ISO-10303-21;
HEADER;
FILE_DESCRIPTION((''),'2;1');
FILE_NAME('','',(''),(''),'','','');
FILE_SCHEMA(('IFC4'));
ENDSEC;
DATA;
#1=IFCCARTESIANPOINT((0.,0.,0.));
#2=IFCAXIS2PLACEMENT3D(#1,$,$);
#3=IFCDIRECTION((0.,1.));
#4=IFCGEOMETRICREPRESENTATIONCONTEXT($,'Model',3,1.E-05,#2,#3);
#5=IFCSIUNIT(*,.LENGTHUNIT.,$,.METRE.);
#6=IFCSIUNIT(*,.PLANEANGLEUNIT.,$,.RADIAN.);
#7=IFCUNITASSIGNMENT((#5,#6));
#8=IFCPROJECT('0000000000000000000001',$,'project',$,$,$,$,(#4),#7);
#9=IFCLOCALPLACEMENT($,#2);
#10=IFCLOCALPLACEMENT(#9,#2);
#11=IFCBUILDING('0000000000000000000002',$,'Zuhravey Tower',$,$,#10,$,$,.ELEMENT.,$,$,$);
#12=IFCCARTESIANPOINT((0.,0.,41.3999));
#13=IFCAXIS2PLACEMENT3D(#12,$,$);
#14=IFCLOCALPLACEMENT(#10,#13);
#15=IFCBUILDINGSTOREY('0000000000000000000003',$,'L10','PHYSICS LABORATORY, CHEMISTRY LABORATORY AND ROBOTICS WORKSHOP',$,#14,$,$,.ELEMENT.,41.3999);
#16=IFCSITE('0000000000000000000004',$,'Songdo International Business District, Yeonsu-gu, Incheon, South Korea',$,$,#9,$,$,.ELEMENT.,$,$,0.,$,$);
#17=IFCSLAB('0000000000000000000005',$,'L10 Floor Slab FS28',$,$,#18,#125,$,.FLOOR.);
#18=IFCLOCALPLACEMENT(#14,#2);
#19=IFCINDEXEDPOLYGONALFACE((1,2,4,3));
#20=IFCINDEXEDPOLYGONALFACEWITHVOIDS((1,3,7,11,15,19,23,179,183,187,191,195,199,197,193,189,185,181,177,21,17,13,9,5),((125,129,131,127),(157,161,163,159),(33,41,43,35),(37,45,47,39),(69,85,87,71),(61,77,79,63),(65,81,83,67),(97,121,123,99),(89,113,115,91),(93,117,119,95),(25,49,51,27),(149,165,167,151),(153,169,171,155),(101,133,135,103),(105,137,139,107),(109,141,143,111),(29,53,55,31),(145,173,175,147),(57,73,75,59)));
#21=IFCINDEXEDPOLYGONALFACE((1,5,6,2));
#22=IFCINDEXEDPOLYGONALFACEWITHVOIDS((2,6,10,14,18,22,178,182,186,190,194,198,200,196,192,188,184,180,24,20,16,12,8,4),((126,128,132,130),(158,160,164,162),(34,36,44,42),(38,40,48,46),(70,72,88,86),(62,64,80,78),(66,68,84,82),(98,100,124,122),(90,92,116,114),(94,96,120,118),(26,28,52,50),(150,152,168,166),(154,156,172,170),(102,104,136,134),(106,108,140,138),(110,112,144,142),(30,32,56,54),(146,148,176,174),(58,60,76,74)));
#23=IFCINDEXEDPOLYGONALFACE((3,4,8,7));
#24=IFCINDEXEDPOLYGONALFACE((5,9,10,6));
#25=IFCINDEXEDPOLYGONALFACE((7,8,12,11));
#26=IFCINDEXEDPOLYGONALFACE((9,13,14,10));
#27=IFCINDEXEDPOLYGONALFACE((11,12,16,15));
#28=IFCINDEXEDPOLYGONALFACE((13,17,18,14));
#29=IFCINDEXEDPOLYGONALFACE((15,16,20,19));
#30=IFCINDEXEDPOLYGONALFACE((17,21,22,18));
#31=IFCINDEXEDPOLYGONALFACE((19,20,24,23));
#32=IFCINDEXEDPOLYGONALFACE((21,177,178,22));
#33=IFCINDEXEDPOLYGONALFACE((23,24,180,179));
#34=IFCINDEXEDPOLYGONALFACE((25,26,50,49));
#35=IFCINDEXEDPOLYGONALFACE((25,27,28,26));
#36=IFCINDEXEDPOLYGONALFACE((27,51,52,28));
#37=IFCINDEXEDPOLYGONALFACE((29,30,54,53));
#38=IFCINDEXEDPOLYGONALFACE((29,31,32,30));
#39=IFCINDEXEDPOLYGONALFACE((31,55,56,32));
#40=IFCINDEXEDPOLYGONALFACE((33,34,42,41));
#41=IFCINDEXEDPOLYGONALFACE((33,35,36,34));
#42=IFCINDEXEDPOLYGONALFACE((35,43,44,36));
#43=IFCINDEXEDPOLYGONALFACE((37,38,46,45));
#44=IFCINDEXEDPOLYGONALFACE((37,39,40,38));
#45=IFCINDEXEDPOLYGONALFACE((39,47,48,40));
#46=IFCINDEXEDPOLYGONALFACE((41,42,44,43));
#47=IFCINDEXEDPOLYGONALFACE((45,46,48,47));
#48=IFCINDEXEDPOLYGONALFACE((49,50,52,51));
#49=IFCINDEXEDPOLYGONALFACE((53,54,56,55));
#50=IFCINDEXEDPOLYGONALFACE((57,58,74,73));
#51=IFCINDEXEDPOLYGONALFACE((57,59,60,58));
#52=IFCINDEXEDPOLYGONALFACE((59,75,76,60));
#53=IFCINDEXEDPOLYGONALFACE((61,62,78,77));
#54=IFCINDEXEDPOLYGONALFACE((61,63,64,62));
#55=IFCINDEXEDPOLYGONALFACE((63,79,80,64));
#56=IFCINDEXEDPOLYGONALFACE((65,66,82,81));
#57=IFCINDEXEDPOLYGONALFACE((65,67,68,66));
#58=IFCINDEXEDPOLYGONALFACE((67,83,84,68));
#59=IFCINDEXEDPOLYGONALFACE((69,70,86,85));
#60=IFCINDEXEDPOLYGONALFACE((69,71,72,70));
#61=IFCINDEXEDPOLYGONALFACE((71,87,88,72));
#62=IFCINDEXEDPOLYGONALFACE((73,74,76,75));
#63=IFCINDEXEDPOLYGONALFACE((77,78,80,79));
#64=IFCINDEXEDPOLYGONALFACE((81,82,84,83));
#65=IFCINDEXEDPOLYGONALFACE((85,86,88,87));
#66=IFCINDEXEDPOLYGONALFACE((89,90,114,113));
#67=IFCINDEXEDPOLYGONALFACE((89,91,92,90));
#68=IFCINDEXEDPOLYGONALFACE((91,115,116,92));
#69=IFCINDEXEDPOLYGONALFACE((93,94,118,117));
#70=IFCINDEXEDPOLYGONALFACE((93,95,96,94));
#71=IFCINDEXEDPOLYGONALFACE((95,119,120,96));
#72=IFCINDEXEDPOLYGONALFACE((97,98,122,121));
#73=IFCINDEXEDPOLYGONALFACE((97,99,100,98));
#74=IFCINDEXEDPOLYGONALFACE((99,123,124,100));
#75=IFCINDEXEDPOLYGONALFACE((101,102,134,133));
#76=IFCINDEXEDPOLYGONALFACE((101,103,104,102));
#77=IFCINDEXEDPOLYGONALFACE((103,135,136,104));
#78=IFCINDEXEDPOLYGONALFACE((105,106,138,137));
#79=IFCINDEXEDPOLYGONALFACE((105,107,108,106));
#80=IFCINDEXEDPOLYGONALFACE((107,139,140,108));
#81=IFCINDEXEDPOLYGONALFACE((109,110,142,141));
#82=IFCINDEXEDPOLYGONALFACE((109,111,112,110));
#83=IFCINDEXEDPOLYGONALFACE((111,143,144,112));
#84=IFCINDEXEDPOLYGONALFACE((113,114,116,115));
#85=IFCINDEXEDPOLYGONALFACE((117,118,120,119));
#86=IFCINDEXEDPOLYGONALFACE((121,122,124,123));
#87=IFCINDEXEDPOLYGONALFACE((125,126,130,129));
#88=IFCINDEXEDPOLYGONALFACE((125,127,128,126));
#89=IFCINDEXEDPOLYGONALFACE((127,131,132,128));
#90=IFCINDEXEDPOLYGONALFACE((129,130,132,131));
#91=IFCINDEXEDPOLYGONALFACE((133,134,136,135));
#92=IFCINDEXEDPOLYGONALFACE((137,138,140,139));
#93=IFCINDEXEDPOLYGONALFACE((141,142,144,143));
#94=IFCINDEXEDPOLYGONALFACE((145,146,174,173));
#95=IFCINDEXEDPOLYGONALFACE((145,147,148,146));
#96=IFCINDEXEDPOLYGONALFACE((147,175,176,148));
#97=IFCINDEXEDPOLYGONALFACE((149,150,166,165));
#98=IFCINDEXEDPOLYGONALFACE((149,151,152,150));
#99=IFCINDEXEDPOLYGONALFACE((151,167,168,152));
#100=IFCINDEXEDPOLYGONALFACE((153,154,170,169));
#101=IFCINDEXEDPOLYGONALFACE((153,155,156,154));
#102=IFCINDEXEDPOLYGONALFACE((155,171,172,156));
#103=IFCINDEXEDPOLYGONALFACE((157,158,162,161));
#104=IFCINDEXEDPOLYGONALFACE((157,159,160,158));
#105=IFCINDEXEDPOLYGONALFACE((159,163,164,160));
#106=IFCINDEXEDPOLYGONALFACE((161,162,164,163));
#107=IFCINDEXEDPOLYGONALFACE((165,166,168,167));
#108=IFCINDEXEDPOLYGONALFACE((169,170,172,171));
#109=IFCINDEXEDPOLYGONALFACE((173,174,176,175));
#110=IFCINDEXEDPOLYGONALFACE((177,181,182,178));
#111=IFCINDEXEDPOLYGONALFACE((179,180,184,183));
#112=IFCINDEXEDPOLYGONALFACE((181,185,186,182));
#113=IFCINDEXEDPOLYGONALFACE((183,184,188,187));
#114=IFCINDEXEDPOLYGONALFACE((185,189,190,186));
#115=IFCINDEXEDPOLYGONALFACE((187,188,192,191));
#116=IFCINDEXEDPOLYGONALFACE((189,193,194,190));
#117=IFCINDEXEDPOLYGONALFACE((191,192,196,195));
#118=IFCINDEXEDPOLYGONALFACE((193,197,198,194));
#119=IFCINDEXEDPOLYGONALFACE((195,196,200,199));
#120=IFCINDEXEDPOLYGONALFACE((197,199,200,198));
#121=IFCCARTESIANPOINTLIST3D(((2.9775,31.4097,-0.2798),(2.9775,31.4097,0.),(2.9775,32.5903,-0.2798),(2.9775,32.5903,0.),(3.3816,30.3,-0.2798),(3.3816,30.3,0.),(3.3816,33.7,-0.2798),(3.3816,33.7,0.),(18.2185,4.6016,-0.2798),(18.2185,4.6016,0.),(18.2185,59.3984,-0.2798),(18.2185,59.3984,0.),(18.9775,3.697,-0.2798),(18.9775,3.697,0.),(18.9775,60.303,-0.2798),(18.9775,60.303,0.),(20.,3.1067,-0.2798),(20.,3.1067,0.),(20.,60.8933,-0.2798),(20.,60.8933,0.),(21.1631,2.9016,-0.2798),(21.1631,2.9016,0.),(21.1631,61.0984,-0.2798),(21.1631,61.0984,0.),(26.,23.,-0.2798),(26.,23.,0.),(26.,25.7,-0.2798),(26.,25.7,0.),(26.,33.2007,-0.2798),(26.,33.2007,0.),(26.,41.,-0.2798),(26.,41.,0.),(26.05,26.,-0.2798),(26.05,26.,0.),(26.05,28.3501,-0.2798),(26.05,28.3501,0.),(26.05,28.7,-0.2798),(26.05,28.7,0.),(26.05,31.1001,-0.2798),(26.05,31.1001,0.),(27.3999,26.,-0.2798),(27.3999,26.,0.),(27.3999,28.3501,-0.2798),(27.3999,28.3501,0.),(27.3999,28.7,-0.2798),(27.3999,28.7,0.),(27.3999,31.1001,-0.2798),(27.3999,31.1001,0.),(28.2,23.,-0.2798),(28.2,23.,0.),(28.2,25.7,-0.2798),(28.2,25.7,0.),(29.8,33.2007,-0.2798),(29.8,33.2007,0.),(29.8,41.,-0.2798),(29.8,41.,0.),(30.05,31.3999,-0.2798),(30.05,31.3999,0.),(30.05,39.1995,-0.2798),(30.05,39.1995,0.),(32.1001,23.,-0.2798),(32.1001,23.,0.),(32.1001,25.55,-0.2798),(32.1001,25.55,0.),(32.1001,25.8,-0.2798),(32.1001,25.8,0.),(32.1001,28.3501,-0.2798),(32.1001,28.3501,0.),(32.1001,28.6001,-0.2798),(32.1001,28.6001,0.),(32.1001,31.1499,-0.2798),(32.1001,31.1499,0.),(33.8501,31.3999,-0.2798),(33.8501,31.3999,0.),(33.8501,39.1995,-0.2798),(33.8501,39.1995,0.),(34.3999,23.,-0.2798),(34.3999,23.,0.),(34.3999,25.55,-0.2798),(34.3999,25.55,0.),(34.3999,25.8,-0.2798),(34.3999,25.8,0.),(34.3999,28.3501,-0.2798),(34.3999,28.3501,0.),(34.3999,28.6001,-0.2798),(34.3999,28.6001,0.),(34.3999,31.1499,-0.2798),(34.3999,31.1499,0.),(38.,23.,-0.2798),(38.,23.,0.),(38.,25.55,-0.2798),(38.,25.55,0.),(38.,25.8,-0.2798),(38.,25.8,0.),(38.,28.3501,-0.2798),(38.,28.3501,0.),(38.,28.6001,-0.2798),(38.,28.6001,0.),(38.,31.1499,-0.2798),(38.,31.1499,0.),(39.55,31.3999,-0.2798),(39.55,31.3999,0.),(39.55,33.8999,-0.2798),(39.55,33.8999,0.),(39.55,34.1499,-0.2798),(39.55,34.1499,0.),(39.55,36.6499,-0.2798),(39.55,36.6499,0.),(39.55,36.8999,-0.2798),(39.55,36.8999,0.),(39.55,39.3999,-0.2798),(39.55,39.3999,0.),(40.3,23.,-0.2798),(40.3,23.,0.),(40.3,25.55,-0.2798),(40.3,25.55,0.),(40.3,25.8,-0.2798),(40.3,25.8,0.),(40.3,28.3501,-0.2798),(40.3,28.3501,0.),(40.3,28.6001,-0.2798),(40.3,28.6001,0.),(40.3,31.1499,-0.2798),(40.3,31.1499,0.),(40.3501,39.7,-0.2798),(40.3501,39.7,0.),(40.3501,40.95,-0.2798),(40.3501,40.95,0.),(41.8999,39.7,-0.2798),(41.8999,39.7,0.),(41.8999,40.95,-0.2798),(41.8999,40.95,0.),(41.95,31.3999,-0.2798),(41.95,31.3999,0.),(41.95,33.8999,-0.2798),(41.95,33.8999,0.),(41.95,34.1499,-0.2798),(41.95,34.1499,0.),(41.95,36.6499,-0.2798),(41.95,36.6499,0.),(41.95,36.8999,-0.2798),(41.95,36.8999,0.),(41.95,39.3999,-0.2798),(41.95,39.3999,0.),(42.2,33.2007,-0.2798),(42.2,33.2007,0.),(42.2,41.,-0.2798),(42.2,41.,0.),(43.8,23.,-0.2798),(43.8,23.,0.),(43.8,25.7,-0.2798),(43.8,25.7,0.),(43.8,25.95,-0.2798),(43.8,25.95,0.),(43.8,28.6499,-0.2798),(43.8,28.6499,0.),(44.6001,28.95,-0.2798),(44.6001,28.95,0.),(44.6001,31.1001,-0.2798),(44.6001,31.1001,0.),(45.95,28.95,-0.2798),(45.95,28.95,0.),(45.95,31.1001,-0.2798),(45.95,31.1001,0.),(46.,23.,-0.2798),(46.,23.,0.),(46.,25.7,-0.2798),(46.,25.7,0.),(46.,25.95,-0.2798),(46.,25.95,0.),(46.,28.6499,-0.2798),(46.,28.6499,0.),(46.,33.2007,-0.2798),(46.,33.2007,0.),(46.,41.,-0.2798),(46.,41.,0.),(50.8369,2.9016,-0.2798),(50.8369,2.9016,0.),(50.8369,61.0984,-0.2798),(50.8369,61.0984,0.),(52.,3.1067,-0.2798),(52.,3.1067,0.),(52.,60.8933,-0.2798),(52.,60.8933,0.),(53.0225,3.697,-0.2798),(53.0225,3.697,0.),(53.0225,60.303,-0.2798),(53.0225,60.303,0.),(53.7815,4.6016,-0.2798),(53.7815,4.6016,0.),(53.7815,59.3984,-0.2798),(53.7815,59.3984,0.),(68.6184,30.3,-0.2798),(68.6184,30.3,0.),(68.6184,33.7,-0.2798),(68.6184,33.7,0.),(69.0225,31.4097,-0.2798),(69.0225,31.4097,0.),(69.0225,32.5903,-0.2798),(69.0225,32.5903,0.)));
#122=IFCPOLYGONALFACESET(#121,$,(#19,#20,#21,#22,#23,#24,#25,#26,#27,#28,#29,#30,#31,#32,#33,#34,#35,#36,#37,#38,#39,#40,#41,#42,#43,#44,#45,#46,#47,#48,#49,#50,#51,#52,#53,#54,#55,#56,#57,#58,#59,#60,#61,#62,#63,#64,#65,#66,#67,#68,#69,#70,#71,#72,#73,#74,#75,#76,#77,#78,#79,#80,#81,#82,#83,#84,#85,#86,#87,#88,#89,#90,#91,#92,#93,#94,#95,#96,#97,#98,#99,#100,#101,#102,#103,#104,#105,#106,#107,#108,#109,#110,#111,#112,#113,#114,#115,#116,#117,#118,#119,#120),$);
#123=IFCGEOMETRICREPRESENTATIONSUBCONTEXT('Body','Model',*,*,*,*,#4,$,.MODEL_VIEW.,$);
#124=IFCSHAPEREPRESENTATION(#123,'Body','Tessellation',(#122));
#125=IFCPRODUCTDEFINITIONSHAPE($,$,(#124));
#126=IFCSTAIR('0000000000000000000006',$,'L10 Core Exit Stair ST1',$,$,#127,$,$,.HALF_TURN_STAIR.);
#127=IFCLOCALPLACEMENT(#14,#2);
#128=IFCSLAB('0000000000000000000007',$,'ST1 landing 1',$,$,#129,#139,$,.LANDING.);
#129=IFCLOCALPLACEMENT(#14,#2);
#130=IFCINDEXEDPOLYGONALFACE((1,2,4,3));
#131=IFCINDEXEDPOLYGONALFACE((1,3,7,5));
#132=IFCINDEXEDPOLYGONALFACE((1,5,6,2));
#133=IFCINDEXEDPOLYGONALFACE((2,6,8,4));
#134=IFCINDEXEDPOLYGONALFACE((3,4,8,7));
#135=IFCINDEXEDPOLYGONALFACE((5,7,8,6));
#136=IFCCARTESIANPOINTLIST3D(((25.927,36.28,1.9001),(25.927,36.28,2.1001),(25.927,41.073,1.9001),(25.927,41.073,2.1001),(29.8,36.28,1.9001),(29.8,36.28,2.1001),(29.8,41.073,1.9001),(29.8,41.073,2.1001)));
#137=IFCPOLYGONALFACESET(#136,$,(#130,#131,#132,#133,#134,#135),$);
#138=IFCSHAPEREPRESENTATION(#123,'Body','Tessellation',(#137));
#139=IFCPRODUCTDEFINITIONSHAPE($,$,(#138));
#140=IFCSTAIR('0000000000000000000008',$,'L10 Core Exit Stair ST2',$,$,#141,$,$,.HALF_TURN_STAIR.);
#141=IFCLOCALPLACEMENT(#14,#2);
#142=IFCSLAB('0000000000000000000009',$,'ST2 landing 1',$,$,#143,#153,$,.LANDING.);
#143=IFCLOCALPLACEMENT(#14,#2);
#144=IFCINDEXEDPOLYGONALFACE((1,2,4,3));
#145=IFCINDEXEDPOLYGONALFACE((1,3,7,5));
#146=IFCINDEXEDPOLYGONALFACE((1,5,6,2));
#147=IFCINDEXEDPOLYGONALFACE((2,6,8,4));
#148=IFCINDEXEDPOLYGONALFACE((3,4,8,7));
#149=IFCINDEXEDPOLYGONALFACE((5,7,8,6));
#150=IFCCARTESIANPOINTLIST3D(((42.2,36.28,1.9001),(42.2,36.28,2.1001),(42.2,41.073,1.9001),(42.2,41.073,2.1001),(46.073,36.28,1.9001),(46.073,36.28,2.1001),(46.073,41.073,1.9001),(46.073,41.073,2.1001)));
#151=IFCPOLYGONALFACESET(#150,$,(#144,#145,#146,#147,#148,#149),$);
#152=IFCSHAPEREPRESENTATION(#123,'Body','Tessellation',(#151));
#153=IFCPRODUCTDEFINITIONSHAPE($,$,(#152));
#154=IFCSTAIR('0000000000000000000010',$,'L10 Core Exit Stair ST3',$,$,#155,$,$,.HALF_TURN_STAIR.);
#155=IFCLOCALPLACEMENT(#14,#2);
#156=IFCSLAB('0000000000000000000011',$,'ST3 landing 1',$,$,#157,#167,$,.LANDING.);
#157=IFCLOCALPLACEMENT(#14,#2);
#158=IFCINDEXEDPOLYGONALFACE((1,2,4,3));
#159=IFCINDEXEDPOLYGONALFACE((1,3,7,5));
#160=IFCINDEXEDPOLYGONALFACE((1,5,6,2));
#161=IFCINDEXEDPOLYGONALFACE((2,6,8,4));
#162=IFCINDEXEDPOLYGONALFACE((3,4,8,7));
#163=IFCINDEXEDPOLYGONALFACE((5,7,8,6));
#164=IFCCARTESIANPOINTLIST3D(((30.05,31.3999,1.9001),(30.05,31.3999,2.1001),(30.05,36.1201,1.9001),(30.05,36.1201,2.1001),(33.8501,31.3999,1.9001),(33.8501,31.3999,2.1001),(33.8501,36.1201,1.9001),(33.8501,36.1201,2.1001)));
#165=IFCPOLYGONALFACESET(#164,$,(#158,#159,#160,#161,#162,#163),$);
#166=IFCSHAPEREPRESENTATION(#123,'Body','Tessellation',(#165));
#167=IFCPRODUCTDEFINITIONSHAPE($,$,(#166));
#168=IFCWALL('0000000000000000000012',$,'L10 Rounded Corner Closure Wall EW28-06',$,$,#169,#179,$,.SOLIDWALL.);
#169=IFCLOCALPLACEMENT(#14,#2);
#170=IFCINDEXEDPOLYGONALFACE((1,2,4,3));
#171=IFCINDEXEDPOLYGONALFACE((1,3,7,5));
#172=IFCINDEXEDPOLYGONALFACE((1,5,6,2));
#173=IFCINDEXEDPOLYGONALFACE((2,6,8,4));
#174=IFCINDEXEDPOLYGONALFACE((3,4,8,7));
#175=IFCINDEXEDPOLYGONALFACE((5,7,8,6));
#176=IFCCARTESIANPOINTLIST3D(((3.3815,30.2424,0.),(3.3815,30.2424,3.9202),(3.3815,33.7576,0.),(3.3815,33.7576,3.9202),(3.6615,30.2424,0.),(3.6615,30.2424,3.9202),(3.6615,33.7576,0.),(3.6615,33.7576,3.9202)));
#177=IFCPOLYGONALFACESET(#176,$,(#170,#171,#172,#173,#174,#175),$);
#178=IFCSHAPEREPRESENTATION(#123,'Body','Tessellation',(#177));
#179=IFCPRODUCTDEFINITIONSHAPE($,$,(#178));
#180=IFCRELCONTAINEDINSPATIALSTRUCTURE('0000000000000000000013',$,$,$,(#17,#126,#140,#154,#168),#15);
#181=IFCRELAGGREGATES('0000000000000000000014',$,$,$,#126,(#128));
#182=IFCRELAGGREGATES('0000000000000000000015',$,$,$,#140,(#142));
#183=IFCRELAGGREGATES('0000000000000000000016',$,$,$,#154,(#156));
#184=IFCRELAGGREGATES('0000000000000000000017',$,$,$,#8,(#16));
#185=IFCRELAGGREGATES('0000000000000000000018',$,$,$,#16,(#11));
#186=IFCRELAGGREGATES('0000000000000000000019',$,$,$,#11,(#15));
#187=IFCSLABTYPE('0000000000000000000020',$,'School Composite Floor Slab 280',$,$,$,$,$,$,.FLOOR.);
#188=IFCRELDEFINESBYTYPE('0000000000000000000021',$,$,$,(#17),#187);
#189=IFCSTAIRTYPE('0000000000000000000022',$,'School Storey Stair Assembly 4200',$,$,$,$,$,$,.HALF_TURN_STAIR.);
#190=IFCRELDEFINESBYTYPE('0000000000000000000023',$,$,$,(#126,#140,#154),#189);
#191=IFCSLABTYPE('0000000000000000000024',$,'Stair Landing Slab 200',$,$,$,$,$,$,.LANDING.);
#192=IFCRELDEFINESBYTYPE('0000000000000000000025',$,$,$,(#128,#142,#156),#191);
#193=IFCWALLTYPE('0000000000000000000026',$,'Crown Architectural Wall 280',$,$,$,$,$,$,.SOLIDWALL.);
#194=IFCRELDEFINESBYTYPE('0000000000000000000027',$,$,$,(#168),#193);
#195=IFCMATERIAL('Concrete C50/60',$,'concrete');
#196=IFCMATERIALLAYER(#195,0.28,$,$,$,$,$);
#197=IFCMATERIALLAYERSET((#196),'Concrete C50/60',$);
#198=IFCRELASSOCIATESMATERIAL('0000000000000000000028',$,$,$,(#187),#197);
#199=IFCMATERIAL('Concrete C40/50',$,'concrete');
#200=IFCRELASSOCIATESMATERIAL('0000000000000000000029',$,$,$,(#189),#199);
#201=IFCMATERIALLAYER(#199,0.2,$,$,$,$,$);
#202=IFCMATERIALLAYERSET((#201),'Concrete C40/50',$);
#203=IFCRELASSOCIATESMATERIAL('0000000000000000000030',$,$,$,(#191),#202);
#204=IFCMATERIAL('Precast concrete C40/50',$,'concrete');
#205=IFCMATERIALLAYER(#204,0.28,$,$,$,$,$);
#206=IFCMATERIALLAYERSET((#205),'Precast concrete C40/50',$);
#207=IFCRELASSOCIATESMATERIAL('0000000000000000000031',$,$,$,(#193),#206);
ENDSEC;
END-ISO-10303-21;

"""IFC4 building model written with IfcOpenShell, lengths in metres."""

from ifc_helpers import new_model, si_unit, direction, frame, frame_2d, origin, place, context, subcontext, project, spatial, polyline, rectangle, outline, extrude, material, layer, layer_set, type_object, element, aggregate, save


model = new_model("IFC4")

# Units and contexts
model_context = context("Model", 3, precision=1e-05, world=origin(), true_north=direction((0.0, 1.0)))
body_context = subcontext(model_context, "Body", "Model", "MODEL_VIEW")
ifc_project = project(units=[si_unit("LENGTHUNIT", "METRE"), si_unit("PLANEANGLEUNIT", "RADIAN")], contexts=[model_context])

# Site, building, storey
site_placement = place(None, origin())
site = spatial("IfcSite", under=ifc_project, at=site_placement, Name="Songdo International Business District, Yeonsu-gu, Incheon, South Korea", CompositionType="ELEMENT", RefElevation=0.0)
building_placement = place(site_placement, origin())
building = spatial("IfcBuilding", under=site, at=building_placement, Name="Zuhravey Tower", CompositionType="ELEMENT")
storey_placement = place(building_placement, frame((0.0, 0.0, 41.3999)))
storey = spatial("IfcBuildingStorey", under=building, at=storey_placement, Name="L10", Description="PHYSICS LABORATORY, CHEMISTRY LABORATORY AND ROBOTICS WORKSHOP", CompositionType="ELEMENT", Elevation=41.3999)

# Slab
ifc_material_1 = material(Name="Concrete C50/60", Category="concrete")
ifc_layer_1 = layer(ifc_material_1, 0.28)
ifc_layer_set_1 = layer_set([ifc_layer_1], Name="Concrete C50/60")
slab_type_1 = type_object("IfcSlabType", Name="School Composite Floor Slab 280", PredefinedType="FLOOR", material=ifc_layer_set_1)
slab_1_placement = place(storey_placement, frame((0.0, 0.0, -0.2798)))
element("IfcSlab", 1, at=slab_1_placement, inside=storey, type_object=slab_type_1, Name="L10 Floor Slab FS28", PredefinedType="FLOOR", context=body_context, shape_type="SweptSolid", body=[
    extrude(outline(polyline([(68.6184, 30.3), (69.0225, 31.4097), (69.0225, 32.5903), (68.6184, 33.7), (53.7815, 59.3984), (53.0225, 60.303), (52.0, 60.8933), (50.8369, 61.0984), (21.1631, 61.0984), (20.0, 60.8933), (18.9775, 60.303), (18.2185, 59.3984), (3.3816, 33.7), (2.9775, 32.5903), (2.9775, 31.4097), (3.3816, 30.3), (18.2185, 4.6016), (18.9775, 3.697), (20.0, 3.1067), (21.1631, 2.9016), (50.8369, 2.9016), (52.0, 3.1067), (53.0225, 3.697), (53.7815, 4.6016), (68.6184, 30.3)]), holes=[polyline([(29.8, 33.2007), (29.8, 41.0), (26.0, 41.0), (26.0, 33.2007), (29.8, 33.2007)]), polyline([(46.0, 33.2007), (46.0, 41.0), (42.2, 41.0), (42.2, 33.2007), (46.0, 33.2007)]), polyline([(30.05, 39.1995), (30.05, 31.3999), (33.8501, 31.3999), (33.8501, 39.1995), (30.05, 39.1995)]), polyline([(32.1001, 23.0), (34.3999, 23.0), (34.3999, 25.55), (32.1001, 25.55), (32.1001, 23.0)]), polyline([(32.1001, 25.8), (34.3999, 25.8), (34.3999, 28.3501), (32.1001, 28.3501), (32.1001, 25.8)]), polyline([(32.1001, 28.6001), (34.3999, 28.6001), (34.3999, 31.1499), (32.1001, 31.1499), (32.1001, 28.6001)]), polyline([(38.0, 23.0), (40.3, 23.0), (40.3, 25.55), (38.0, 25.55), (38.0, 23.0)]), polyline([(38.0, 25.8), (40.3, 25.8), (40.3, 28.3501), (38.0, 28.3501), (38.0, 25.8)]), polyline([(38.0, 28.6001), (40.3, 28.6001), (40.3, 31.1499), (38.0, 31.1499), (38.0, 28.6001)]), polyline([(39.55, 31.3999), (41.95, 31.3999), (41.95, 33.8999), (39.55, 33.8999), (39.55, 31.3999)]), polyline([(39.55, 34.1499), (41.95, 34.1499), (41.95, 36.6499), (39.55, 36.6499), (39.55, 34.1499)]), polyline([(39.55, 36.8999), (41.95, 36.8999), (41.95, 39.3999), (39.55, 39.3999), (39.55, 36.8999)]), polyline([(26.0, 23.0), (28.2, 23.0), (28.2, 25.7), (26.0, 25.7), (26.0, 23.0)]), polyline([(43.8, 23.0), (46.0, 23.0), (46.0, 25.7), (43.8, 25.7), (43.8, 23.0)]), polyline([(43.8, 25.95), (46.0, 25.95), (46.0, 28.6499), (43.8, 28.6499), (43.8, 25.95)]), polyline([(26.05, 26.0), (27.3999, 26.0), (27.3999, 28.3501), (26.05, 28.3501), (26.05, 26.0)]), polyline([(26.05, 28.7), (27.3999, 28.7), (27.3999, 31.1001), (26.05, 31.1001), (26.05, 28.7)]), polyline([(44.6001, 28.95), (45.95, 28.95), (45.95, 31.1001), (44.6001, 31.1001), (44.6001, 28.95)]), polyline([(40.3501, 39.7), (41.8999, 39.7), (41.8999, 40.95), (40.3501, 40.95), (40.3501, 39.7)])]), origin(), (0.0, 0.0, 1.0), 0.2798),
])

# Stairs, slabs
ifc_material_2 = material(Name="Concrete C40/50", Category="concrete")
stair_type = type_object("IfcStairType", Name="School Storey Stair Assembly 4200", PredefinedType="HALF_TURN_STAIR", material=ifc_material_2)
stair_1_placement = place(storey_placement, origin())
stair_1 = element("IfcStair", 2, at=stair_1_placement, inside=storey, type_object=stair_type, Name="L10 Core Exit Stair ST1", PredefinedType="HALF_TURN_STAIR")
ifc_layer_2 = layer(ifc_material_2, 0.2)
ifc_layer_set_2 = layer_set([ifc_layer_2], Name="Concrete C40/50")
slab_type_2 = type_object("IfcSlabType", Name="Stair Landing Slab 200", PredefinedType="LANDING", material=ifc_layer_set_2)
slab_2_placement = place(storey_placement, frame((0.0, 0.0, 1.9001)))
slab_2 = element("IfcSlab", 3, at=slab_2_placement, type_object=slab_type_2, Name="ST1 landing 1", PredefinedType="LANDING", context=body_context, shape_type="SweptSolid", body=[
    extrude(outline(polyline([(29.8, 36.28), (29.8, 41.073), (25.927, 41.073), (25.927, 36.28), (29.8, 36.28)])), origin(), (0.0, 0.0, 1.0), 0.2),
])
aggregate(stair_1, [slab_2])
stair_2_placement = place(storey_placement, origin())
stair_2 = element("IfcStair", 4, at=stair_2_placement, inside=storey, type_object=stair_type, Name="L10 Core Exit Stair ST2", PredefinedType="HALF_TURN_STAIR")
slab_3_placement = place(storey_placement, frame((0.0, 0.0, 1.9001)))
slab_3 = element("IfcSlab", 5, at=slab_3_placement, type_object=slab_type_2, Name="ST2 landing 1", PredefinedType="LANDING", context=body_context, shape_type="SweptSolid", body=[
    extrude(outline(polyline([(46.073, 36.28), (46.073, 41.073), (42.2, 41.073), (42.2, 36.28), (46.073, 36.28)])), origin(), (0.0, 0.0, 1.0), 0.2),
])
aggregate(stair_2, [slab_3])
stair_3_placement = place(storey_placement, origin())
stair_3 = element("IfcStair", 6, at=stair_3_placement, inside=storey, type_object=stair_type, Name="L10 Core Exit Stair ST3", PredefinedType="HALF_TURN_STAIR")
slab_4_placement = place(storey_placement, frame((0.0, 0.0, 1.9001)))
slab_4 = element("IfcSlab", 7, at=slab_4_placement, type_object=slab_type_2, Name="ST3 landing 1", PredefinedType="LANDING", context=body_context, shape_type="SweptSolid", body=[
    extrude(outline(polyline([(30.05, 36.1201), (30.05, 31.3999), (33.8501, 31.3999), (33.8501, 36.1201), (30.05, 36.1201)])), origin(), (0.0, 0.0, 1.0), 0.2),
])
aggregate(stair_3, [slab_4])

# Wall
ifc_material_3 = material(Name="Precast concrete C40/50", Category="concrete")
ifc_layer_3 = layer(ifc_material_3, 0.28)
ifc_layer_set_3 = layer_set([ifc_layer_3], Name="Precast concrete C40/50")
wall_type = type_object("IfcWallType", Name="Crown Architectural Wall 280", PredefinedType="SOLIDWALL", material=ifc_layer_set_3)
wall_placement = place(storey_placement, frame((3.5215, 30.2424, 0.0), z_axis=(0.0, 0.0, 1.0), x_axis=(0.0, 1.0, 0.0)))
element("IfcWall", 8, at=wall_placement, inside=storey, type_object=wall_type, Name="L10 Rounded Corner Closure Wall EW28-06", PredefinedType="SOLIDWALL", context=body_context, shape_type="SweptSolid", body=[
    extrude(rectangle(XDim=3.5151, YDim=0.28, at=frame_2d((1.7576, 0.0))), origin(), (0.0, 0.0, 1.0), 3.9202),
])

save(model, "model.ifc")
